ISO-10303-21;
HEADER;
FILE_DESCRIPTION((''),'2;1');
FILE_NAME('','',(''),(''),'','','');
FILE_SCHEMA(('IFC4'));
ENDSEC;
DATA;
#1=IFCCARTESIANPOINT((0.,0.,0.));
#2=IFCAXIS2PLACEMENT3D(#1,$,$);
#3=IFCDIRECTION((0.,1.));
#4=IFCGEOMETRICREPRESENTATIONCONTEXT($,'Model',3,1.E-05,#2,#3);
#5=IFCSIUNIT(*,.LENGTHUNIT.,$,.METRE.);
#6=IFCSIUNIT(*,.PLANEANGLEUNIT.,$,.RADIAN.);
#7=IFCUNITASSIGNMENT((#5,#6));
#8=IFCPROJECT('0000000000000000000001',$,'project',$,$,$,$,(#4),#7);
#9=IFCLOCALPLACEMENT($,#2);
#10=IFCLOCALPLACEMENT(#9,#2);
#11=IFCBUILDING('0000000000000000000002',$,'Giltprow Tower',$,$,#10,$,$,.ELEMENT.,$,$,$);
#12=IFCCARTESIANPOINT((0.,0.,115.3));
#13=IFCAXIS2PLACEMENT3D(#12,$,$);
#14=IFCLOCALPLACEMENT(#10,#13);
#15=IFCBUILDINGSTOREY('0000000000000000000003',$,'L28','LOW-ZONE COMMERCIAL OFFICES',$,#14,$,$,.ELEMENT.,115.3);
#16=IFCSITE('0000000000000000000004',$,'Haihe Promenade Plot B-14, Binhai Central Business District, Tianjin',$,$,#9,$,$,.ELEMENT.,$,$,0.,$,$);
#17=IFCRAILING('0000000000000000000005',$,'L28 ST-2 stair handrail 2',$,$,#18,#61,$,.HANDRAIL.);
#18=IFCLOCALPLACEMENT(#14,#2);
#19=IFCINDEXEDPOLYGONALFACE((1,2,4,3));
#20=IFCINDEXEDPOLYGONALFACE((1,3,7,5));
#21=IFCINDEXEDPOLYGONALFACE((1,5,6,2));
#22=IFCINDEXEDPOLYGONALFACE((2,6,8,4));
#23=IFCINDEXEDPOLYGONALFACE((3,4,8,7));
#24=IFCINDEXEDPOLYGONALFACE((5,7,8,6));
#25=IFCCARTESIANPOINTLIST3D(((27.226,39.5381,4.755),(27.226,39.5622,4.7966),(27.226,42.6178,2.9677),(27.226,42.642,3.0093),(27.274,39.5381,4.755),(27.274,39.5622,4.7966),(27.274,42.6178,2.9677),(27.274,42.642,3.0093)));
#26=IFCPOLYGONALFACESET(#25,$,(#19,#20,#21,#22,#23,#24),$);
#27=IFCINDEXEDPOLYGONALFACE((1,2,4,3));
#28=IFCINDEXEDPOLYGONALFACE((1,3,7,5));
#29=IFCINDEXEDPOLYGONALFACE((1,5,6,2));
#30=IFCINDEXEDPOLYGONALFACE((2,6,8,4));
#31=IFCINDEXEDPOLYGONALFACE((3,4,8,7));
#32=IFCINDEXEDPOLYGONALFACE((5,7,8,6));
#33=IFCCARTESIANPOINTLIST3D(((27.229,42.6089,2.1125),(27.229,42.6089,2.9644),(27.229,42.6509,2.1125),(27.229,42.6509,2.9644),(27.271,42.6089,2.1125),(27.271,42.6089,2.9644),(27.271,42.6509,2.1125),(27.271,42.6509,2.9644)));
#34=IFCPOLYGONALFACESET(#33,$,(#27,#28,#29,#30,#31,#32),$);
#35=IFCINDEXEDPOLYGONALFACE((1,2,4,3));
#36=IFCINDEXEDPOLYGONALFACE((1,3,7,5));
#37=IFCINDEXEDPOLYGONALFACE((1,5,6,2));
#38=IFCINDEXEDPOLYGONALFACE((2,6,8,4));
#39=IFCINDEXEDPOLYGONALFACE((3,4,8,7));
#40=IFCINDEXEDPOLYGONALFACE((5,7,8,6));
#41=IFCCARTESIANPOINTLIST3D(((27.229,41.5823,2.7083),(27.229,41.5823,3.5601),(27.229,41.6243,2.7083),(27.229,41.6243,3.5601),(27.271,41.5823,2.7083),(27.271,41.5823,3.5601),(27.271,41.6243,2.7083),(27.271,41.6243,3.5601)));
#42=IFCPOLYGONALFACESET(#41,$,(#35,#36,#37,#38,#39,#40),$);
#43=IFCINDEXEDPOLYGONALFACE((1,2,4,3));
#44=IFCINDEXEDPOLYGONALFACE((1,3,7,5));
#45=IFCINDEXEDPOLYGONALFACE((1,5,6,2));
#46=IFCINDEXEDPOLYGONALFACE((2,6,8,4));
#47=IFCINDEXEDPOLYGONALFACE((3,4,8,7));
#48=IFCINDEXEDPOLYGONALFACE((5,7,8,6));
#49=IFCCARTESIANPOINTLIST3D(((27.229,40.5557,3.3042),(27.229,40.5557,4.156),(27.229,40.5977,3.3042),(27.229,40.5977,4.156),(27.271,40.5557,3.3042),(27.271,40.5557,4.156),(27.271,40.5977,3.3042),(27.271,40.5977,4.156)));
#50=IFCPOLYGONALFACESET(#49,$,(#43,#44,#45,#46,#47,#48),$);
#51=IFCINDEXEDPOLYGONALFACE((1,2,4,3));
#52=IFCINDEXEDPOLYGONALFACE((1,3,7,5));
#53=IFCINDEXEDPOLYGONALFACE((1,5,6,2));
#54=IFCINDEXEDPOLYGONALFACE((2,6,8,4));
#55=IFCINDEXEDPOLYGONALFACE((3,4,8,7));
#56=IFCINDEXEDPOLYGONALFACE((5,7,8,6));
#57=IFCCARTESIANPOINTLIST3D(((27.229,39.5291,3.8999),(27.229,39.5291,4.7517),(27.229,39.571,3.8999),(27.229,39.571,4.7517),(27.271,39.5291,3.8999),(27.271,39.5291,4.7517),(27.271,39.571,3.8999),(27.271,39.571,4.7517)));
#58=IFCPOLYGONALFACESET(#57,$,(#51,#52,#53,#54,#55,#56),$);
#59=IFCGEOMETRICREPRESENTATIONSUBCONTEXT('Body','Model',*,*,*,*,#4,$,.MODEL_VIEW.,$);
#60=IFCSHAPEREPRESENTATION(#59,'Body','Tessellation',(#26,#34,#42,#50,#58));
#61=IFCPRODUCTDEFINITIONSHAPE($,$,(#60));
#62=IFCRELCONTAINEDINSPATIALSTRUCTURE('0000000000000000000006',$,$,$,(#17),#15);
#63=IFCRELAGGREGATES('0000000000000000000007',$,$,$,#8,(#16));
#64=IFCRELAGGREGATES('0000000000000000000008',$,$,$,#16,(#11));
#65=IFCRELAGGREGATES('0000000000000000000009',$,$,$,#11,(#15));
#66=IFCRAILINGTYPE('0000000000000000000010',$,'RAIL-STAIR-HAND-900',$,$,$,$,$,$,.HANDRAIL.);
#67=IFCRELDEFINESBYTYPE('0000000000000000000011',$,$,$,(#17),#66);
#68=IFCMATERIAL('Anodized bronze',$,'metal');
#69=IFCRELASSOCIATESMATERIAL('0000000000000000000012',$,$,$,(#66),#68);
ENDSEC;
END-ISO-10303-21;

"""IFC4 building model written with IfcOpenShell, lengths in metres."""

from ifc_helpers import new_model, si_unit, direction, frame, origin, origin_2d, place, context, subcontext, project, spatial, rectangle, extrude, material, type_object, element, save


model = new_model("IFC4")

# Units and contexts
model_context = context("Model", 3, precision=1e-05, world=origin(), true_north=direction((0.0, 1.0)))
body_context = subcontext(model_context, "Body", "Model", "MODEL_VIEW")
ifc_project = project(units=[si_unit("LENGTHUNIT", "METRE"), si_unit("PLANEANGLEUNIT", "RADIAN")], contexts=[model_context])

# Site, building, storey
site_placement = place(None, origin())
site = spatial("IfcSite", under=ifc_project, at=site_placement, Name="Haihe Promenade Plot B-14, Binhai Central Business District, Tianjin", CompositionType="ELEMENT", RefElevation=0.0)
building_placement = place(site_placement, origin())
building = spatial("IfcBuilding", under=site, at=building_placement, Name="Giltprow Tower", CompositionType="ELEMENT")
storey_placement = place(building_placement, frame((0.0, 0.0, 115.3)))
storey = spatial("IfcBuildingStorey", under=building, at=storey_placement, Name="L28", Description="LOW-ZONE COMMERCIAL OFFICES", CompositionType="ELEMENT", Elevation=115.3)

# Railing
ifc_material_1 = material(Name="Anodized bronze", Category="metal")
railing_type_1 = type_object("IfcRailingType", Name="RAIL-STAIR-HAND-900", PredefinedType="HANDRAIL", material=ifc_material_1)
railing_1_placement = place(storey_placement, frame((27.25, 42.6299, 2.1125)))
element("IfcRailing", 1, at=railing_1_placement, inside=storey, type_object=railing_type_1, Name="L28 ST-2 stair handrail 2", PredefinedType="HANDRAIL", context=body_context, shape_type="SweptSolid", body=[
    extrude(rectangle(XDim=0.0481, YDim=0.0481, at=origin_2d()), frame((0.0, 0.0, 0.876), z_axis=(0.0, -0.864903, 0.501939), x_axis=(1.0, 0.0, 0.0)), (0.0, 0.0, 1.0), 3.5608),
    extrude(rectangle(XDim=0.042, YDim=0.042, at=origin_2d()), origin(), (0.0, 0.0, 1.0), 0.8518),
    extrude(rectangle(XDim=0.042, YDim=0.042, at=origin_2d()), frame((0.0, -1.0266, 0.5957)), (0.0, 0.0, 1.0), 0.8518),
    extrude(rectangle(XDim=0.042, YDim=0.042, at=origin_2d()), frame((0.0, -2.0532, 1.1917)), (0.0, 0.0, 1.0), 0.8518),
    extrude(rectangle(XDim=0.042, YDim=0.042, at=origin_2d()), frame((0.0, -3.0798, 1.7874)), (0.0, 0.0, 1.0), 0.8518),
])

save(model, "model.ifc")
